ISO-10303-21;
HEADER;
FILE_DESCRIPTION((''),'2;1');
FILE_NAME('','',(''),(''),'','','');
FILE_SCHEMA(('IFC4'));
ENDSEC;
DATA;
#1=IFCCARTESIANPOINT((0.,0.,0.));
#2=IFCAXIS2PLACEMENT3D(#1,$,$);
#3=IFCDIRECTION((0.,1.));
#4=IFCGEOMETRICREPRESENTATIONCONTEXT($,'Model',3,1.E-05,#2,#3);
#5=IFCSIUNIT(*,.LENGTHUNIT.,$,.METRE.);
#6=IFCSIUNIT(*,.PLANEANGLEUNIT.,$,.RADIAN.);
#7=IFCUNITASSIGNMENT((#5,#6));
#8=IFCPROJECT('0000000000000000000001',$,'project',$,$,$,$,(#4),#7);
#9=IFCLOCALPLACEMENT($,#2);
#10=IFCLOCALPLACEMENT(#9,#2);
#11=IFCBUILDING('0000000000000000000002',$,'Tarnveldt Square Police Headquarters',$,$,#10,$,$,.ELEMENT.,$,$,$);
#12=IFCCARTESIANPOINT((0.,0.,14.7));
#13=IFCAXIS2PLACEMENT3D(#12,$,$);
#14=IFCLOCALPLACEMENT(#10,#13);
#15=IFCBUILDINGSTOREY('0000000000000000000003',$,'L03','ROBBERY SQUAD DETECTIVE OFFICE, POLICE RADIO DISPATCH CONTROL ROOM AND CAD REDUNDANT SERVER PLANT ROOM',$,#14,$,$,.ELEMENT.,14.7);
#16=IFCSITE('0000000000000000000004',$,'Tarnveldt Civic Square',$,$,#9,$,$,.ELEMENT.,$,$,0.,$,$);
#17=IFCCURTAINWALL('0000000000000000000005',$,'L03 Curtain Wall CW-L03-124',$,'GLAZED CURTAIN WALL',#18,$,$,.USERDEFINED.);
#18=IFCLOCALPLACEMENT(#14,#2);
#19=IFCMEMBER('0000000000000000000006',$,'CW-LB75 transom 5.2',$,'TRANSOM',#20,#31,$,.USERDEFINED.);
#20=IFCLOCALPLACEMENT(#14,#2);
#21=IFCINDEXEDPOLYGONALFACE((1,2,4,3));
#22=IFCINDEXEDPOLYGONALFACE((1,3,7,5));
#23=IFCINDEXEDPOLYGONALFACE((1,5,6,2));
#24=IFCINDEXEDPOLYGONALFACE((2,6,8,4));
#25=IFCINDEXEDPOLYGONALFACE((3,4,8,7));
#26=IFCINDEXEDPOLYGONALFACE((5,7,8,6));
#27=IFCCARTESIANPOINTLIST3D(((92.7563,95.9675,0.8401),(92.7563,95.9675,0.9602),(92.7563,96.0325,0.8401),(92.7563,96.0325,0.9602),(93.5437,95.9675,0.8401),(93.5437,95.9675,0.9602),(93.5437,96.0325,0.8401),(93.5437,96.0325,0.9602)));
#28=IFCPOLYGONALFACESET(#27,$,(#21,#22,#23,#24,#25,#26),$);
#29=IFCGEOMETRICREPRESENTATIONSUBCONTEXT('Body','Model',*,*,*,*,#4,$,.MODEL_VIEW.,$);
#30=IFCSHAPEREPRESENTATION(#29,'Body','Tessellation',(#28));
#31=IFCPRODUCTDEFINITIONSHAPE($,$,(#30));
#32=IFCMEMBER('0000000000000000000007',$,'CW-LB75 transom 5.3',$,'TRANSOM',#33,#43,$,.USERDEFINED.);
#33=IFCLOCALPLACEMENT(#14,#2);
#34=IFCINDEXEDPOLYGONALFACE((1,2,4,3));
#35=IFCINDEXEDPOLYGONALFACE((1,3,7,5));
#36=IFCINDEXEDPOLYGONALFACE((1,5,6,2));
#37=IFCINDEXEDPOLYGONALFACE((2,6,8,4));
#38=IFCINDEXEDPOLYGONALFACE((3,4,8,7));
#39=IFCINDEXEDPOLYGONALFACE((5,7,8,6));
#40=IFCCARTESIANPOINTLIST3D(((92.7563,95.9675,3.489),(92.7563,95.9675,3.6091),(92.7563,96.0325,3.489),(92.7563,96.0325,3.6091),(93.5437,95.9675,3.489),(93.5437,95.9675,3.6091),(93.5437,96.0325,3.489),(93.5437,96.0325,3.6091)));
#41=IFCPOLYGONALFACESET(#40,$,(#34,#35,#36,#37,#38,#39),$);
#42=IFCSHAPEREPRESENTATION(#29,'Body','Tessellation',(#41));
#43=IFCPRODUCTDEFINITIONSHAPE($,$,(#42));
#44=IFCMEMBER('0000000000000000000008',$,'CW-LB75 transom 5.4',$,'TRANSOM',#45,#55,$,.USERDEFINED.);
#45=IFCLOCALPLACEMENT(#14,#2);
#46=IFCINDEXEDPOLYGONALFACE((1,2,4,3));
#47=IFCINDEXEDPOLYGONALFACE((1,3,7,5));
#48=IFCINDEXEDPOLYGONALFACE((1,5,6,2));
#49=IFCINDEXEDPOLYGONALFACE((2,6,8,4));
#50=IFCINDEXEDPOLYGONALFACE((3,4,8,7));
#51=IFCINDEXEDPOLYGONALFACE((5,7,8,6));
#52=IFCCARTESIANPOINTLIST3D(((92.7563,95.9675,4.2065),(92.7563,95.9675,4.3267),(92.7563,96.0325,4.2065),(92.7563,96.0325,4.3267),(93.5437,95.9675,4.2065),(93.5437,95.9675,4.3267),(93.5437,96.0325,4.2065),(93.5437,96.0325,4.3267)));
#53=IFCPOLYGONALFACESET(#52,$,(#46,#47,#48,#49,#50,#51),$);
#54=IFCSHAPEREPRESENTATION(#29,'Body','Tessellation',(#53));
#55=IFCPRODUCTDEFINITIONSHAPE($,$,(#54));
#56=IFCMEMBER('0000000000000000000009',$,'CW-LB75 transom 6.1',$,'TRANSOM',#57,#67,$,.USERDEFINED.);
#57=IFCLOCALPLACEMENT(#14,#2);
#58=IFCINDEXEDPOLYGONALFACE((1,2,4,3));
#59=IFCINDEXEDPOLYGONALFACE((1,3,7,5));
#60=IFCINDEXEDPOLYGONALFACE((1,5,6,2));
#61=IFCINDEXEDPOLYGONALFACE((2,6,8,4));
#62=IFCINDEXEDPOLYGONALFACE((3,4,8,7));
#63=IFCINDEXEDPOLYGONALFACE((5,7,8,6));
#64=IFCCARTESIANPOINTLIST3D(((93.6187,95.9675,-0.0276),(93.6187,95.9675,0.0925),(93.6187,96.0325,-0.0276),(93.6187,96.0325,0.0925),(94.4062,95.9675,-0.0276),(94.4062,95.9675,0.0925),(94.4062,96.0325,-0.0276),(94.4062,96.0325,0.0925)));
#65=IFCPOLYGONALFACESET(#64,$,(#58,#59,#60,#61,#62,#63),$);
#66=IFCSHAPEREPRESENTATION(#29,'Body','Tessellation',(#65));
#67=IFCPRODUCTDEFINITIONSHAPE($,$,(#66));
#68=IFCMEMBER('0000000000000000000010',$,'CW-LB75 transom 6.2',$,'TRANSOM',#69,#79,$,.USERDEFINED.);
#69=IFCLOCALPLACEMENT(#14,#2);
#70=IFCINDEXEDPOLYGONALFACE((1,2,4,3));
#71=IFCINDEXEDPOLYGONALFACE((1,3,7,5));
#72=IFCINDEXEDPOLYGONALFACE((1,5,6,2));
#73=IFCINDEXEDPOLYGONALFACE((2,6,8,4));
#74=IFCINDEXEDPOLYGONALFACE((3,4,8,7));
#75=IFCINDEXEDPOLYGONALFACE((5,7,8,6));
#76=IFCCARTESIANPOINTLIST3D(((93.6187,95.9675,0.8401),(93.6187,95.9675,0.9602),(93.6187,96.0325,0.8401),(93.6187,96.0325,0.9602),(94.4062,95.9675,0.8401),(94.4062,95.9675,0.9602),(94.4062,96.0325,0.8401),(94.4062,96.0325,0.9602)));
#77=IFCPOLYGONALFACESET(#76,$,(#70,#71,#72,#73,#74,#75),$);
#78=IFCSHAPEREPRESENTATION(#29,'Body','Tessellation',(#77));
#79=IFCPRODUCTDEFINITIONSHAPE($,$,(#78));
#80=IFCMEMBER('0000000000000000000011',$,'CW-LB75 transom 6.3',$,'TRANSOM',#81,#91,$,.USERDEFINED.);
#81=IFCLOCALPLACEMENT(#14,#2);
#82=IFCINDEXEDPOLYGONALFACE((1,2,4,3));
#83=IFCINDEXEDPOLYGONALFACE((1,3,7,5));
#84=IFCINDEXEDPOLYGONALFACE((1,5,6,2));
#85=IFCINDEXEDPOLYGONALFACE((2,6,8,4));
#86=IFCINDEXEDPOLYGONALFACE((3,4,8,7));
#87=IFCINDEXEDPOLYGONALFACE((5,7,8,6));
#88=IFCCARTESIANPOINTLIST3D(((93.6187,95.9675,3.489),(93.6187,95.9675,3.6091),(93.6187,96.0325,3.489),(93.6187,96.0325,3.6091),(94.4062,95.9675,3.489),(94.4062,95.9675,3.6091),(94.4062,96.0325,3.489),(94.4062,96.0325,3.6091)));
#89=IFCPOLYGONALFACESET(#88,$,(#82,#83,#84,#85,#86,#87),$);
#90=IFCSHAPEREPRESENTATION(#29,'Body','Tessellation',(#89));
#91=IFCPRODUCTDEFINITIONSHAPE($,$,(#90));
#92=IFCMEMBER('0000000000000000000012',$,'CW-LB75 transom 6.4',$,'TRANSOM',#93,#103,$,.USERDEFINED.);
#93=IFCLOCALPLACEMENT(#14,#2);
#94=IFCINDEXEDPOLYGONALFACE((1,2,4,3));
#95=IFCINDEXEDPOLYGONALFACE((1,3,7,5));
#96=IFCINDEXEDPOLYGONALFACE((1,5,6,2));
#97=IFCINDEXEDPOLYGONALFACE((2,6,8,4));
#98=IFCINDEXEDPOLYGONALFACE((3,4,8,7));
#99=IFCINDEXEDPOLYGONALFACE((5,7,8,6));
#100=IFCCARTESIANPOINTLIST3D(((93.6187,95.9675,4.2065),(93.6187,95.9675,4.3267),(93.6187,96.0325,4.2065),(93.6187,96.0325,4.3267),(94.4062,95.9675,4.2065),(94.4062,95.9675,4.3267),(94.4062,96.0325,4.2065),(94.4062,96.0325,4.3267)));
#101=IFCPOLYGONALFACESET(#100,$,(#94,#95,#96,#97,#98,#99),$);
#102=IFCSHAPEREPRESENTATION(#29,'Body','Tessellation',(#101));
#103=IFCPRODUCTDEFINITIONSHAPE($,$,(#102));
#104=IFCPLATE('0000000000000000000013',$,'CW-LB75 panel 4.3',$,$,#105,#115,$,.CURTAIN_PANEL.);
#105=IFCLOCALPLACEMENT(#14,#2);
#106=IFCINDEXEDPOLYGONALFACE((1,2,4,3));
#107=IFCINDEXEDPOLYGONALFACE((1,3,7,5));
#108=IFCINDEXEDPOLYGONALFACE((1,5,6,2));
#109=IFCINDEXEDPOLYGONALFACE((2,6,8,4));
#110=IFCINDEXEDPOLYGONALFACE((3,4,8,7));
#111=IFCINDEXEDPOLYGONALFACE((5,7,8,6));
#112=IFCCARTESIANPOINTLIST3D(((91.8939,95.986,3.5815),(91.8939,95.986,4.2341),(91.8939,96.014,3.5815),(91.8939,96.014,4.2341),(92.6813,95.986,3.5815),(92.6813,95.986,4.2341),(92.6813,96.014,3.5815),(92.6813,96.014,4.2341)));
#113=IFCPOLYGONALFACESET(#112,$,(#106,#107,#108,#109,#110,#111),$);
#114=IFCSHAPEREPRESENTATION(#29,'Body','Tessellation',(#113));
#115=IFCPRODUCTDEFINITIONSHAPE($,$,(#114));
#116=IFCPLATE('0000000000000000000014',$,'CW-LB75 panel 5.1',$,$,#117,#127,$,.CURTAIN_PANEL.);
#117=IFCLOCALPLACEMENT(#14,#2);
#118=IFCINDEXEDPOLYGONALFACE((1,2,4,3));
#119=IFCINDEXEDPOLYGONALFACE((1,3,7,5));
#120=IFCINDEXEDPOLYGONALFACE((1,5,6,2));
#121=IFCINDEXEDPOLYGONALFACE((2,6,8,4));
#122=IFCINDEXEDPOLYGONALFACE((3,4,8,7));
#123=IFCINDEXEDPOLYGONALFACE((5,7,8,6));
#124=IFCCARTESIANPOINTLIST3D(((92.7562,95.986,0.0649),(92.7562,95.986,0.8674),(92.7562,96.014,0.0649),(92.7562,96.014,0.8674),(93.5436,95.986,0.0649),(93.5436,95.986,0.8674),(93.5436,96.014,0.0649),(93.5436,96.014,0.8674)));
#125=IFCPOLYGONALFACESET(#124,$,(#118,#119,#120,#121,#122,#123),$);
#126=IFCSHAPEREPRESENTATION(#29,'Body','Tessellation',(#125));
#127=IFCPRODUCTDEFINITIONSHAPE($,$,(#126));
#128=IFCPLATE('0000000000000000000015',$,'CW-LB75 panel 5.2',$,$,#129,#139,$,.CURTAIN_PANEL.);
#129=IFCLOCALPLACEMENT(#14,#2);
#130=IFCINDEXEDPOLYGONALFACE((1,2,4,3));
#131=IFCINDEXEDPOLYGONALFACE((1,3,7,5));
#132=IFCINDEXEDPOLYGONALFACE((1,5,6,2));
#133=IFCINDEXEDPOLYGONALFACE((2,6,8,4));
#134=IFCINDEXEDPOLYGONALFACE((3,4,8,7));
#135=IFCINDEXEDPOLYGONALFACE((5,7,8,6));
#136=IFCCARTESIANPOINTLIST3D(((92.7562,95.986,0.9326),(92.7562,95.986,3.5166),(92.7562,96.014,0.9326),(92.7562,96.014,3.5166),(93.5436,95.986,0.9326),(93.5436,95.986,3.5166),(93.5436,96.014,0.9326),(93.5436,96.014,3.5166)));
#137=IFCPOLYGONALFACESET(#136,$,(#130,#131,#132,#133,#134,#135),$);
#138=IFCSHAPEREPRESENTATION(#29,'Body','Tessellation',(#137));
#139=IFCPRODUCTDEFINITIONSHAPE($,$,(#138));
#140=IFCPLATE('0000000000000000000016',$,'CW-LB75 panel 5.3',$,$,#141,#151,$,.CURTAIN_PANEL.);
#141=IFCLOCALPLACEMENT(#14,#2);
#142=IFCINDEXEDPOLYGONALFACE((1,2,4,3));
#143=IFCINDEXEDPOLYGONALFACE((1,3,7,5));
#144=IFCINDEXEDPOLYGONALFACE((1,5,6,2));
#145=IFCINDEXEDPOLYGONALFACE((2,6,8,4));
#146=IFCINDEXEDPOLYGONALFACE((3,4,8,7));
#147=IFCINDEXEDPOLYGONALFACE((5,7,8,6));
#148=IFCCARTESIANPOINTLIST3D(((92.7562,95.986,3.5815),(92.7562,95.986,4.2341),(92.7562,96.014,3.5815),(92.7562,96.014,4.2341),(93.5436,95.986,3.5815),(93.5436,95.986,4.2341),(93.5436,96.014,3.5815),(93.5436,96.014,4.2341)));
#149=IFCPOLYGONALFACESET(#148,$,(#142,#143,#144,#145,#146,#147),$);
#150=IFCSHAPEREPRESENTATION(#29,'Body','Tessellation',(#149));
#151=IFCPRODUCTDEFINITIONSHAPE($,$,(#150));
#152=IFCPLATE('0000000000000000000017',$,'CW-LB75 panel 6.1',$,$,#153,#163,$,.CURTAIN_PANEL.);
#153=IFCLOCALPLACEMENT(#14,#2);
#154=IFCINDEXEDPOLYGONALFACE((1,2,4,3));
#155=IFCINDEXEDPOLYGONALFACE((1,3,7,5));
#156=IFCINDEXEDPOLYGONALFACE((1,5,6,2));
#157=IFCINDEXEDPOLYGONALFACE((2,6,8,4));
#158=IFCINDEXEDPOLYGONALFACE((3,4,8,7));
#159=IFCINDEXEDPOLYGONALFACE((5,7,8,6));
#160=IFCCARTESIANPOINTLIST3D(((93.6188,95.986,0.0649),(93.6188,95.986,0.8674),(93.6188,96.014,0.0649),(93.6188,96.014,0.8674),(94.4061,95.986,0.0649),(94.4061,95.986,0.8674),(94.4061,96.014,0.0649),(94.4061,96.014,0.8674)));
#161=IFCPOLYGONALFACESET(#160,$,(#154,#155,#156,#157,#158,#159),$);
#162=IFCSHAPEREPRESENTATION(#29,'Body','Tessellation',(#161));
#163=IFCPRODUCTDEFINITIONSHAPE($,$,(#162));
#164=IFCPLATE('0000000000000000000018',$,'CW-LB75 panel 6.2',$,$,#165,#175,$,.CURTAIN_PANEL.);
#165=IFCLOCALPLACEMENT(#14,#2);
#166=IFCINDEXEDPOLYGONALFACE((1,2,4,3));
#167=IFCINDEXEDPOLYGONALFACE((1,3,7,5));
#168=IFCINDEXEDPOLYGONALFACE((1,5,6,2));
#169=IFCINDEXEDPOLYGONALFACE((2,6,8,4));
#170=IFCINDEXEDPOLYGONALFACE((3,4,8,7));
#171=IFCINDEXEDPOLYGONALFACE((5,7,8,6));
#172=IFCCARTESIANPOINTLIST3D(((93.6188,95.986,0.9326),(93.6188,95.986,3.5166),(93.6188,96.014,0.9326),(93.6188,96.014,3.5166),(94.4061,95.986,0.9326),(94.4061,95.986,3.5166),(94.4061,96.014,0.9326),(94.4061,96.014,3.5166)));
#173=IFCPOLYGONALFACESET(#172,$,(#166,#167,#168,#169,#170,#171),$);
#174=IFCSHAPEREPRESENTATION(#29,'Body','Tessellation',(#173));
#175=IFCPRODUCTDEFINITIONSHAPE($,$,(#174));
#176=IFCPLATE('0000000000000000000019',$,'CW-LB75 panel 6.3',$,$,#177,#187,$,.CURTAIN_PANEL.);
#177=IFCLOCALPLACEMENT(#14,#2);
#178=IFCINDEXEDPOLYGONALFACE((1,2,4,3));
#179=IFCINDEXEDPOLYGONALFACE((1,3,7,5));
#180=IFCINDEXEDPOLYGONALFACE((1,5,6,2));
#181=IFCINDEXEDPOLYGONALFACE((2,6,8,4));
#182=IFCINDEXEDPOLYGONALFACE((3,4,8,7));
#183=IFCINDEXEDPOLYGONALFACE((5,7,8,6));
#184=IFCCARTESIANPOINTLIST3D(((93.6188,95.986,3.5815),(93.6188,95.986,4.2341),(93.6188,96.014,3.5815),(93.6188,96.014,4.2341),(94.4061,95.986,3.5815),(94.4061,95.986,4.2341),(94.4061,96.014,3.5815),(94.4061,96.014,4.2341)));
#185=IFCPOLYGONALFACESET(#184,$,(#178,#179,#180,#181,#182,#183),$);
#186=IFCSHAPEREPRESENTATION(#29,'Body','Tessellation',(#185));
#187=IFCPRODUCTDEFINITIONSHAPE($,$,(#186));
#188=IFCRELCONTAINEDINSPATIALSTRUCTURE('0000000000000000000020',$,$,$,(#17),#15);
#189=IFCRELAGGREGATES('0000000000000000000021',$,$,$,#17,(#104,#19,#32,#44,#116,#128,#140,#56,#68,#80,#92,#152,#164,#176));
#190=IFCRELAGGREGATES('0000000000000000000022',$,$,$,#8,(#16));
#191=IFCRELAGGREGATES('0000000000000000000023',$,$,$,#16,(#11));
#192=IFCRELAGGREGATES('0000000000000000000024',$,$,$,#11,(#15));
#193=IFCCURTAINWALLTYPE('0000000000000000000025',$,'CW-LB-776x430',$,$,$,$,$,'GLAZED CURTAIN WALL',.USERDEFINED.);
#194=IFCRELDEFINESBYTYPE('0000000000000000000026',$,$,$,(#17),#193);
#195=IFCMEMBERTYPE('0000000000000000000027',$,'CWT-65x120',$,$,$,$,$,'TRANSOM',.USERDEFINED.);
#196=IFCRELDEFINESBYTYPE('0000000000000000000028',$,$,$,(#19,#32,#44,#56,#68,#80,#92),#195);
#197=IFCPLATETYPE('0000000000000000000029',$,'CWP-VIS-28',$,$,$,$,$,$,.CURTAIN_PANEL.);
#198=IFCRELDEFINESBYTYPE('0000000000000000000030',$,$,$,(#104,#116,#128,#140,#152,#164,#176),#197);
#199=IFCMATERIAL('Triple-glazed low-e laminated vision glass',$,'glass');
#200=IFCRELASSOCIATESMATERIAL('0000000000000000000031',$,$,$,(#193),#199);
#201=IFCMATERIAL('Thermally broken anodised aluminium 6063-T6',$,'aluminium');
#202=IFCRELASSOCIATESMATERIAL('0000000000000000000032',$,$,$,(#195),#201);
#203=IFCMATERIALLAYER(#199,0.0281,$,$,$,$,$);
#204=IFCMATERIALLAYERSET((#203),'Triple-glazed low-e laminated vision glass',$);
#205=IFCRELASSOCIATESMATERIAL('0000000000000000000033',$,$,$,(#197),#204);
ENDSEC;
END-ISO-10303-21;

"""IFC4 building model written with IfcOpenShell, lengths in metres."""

from ifc_helpers import new_model, si_unit, direction, frame, origin, origin_2d, place, context, subcontext, project, spatial, rectangle, extrude, material, layer, layer_set, material_profile, profile_set, type_object, element, aggregate, save


model = new_model("IFC4")

# Units and contexts
model_context = context("Model", 3, precision=1e-05, world=origin(), true_north=direction((0.0, 1.0)))
body_context = subcontext(model_context, "Body", "Model", "MODEL_VIEW")
ifc_project = project(units=[si_unit("LENGTHUNIT", "METRE"), si_unit("PLANEANGLEUNIT", "RADIAN")], contexts=[model_context])

# Site, building, storey
site_placement = place(None, origin())
site = spatial("IfcSite", under=ifc_project, at=site_placement, Name="Tarnveldt Civic Square", CompositionType="ELEMENT", RefElevation=0.0)
building_placement = place(site_placement, origin())
building = spatial("IfcBuilding", under=site, at=building_placement, Name="Tarnveldt Square Police Headquarters", CompositionType="ELEMENT")
storey_placement = place(building_placement, frame((0.0, 0.0, 14.7)))
storey = spatial("IfcBuildingStorey", under=building, at=storey_placement, Name="L03", Description="ROBBERY SQUAD DETECTIVE OFFICE, POLICE RADIO DISPATCH CONTROL ROOM AND CAD REDUNDANT SERVER PLANT ROOM", CompositionType="ELEMENT", Elevation=14.7)

# Curtain wall, members, plates
ifc_material_1 = material(Name="Triple-glazed low-e laminated vision glass", Category="glass")
curtain_wall_type = type_object("IfcCurtainWallType", Name="CW-LB-776x430", ElementType="GLAZED CURTAIN WALL", PredefinedType="USERDEFINED", material=ifc_material_1)
curtain_wall_placement = place(storey_placement, origin())
curtain_wall = element("IfcCurtainWall", 1, at=curtain_wall_placement, inside=storey, type_object=curtain_wall_type, Name="L03 Curtain Wall CW-L03-124", ObjectType="GLAZED CURTAIN WALL", PredefinedType="USERDEFINED")
ifc_material_2 = material(Name="Thermally broken anodised aluminium 6063-T6", Category="aluminium")
ifc_material_profile_1 = material_profile(ifc_material_2, rectangle(XDim=0.0649, YDim=0.1201, at=origin_2d()), Name="CW-T65x120")
ifc_profile_set_1 = profile_set([ifc_material_profile_1], Name="Thermally broken anodised aluminium 6063-T6")
member_type_1 = type_object("IfcMemberType", Name="CWT-65x120", ElementType="TRANSOM", PredefinedType="USERDEFINED", material=ifc_profile_set_1)
member_1_placement = place(storey_placement, frame((92.7563, 96.0, 0.9001), z_axis=(1.0, 0.0, 0.0), x_axis=(0.0, 1.0, 0.0)))
member_1 = element("IfcMember", 2, at=member_1_placement, type_object=member_type_1, Name="CW-LB75 transom 5.2", ObjectType="TRANSOM", PredefinedType="USERDEFINED", context=body_context, shape_type="SweptSolid", body=[
    extrude(rectangle(XDim=0.0649, YDim=0.1201, at=origin_2d()), origin(), (0.0, 0.0, 1.0), 0.7874),
])
member_2_placement = place(storey_placement, frame((92.7563, 96.0, 3.5491), z_axis=(1.0, 0.0, 0.0), x_axis=(0.0, 1.0, 0.0)))
member_2 = element("IfcMember", 3, at=member_2_placement, type_object=member_type_1, Name="CW-LB75 transom 5.3", ObjectType="TRANSOM", PredefinedType="USERDEFINED", context=body_context, shape_type="SweptSolid", body=[
    extrude(rectangle(XDim=0.0649, YDim=0.1201, at=origin_2d()), origin(), (0.0, 0.0, 1.0), 0.7874),
])
member_3_placement = place(storey_placement, frame((92.7563, 96.0, 4.2666), z_axis=(1.0, 0.0, 0.0), x_axis=(0.0, 1.0, 0.0)))
member_3 = element("IfcMember", 4, at=member_3_placement, type_object=member_type_1, Name="CW-LB75 transom 5.4", ObjectType="TRANSOM", PredefinedType="USERDEFINED", context=body_context, shape_type="SweptSolid", body=[
    extrude(rectangle(XDim=0.0649, YDim=0.1201, at=origin_2d()), origin(), (0.0, 0.0, 1.0), 0.7874),
])
member_4_placement = place(storey_placement, frame((93.6187, 96.0, 0.0325), z_axis=(1.0, 0.0, 0.0), x_axis=(0.0, 1.0, 0.0)))
member_4 = element("IfcMember", 5, at=member_4_placement, type_object=member_type_1, Name="CW-LB75 transom 6.1", ObjectType="TRANSOM", PredefinedType="USERDEFINED", context=body_context, shape_type="SweptSolid", body=[
    extrude(rectangle(XDim=0.0649, YDim=0.1201, at=origin_2d()), origin(), (0.0, 0.0, 1.0), 0.7876),
])
member_5_placement = place(storey_placement, frame((93.6187, 96.0, 0.9001), z_axis=(1.0, 0.0, 0.0), x_axis=(0.0, 1.0, 0.0)))
member_5 = element("IfcMember", 6, at=member_5_placement, type_object=member_type_1, Name="CW-LB75 transom 6.2", ObjectType="TRANSOM", PredefinedType="USERDEFINED", context=body_context, shape_type="SweptSolid", body=[
    extrude(rectangle(XDim=0.0649, YDim=0.1201, at=origin_2d()), origin(), (0.0, 0.0, 1.0), 0.7876),
])
member_6_placement = place(storey_placement, frame((93.6187, 96.0, 3.5491), z_axis=(1.0, 0.0, 0.0), x_axis=(0.0, 1.0, 0.0)))
member_6 = element("IfcMember", 7, at=member_6_placement, type_object=member_type_1, Name="CW-LB75 transom 6.3", ObjectType="TRANSOM", PredefinedType="USERDEFINED", context=body_context, shape_type="SweptSolid", body=[
    extrude(rectangle(XDim=0.0649, YDim=0.1201, at=origin_2d()), origin(), (0.0, 0.0, 1.0), 0.7876),
])
member_7_placement = place(storey_placement, frame((93.6187, 96.0, 4.2666), z_axis=(1.0, 0.0, 0.0), x_axis=(0.0, 1.0, 0.0)))
member_7 = element("IfcMember", 8, at=member_7_placement, type_object=member_type_1, Name="CW-LB75 transom 6.4", ObjectType="TRANSOM", PredefinedType="USERDEFINED", context=body_context, shape_type="SweptSolid", body=[
    extrude(rectangle(XDim=0.0649, YDim=0.1201, at=origin_2d()), origin(), (0.0, 0.0, 1.0), 0.7876),
])
ifc_layer_1 = layer(ifc_material_1, 0.0281)
ifc_layer_set_1 = layer_set([ifc_layer_1], Name="Triple-glazed low-e laminated vision glass")
plate_type = type_object("IfcPlateType", Name="CWP-VIS-28", PredefinedType="CURTAIN_PANEL", material=ifc_layer_set_1)
plate_1_placement = place(storey_placement, frame((92.2876, 96.0, 3.5815), z_axis=(0.0, 0.0, 1.0), x_axis=(1.0, 0.0, 0.0)))
plate_1 = element("IfcPlate", 9, at=plate_1_placement, type_object=plate_type, Name="CW-LB75 panel 4.3", PredefinedType="CURTAIN_PANEL", context=body_context, shape_type="SweptSolid", body=[
    extrude(rectangle(XDim=0.7874, YDim=0.0281, at=origin_2d()), origin(), (0.0, 0.0, 1.0), 0.6526),
])
plate_2_placement = place(storey_placement, frame((93.1499, 96.0, 0.0649), z_axis=(0.0, 0.0, 1.0), x_axis=(1.0, 0.0, 0.0)))
plate_2 = element("IfcPlate", 10, at=plate_2_placement, type_object=plate_type, Name="CW-LB75 panel 5.1", PredefinedType="CURTAIN_PANEL", context=body_context, shape_type="SweptSolid", body=[
    extrude(rectangle(XDim=0.7874, YDim=0.0281, at=origin_2d()), origin(), (0.0, 0.0, 1.0), 0.8025),
])
plate_3_placement = place(storey_placement, frame((93.1499, 96.0, 0.9326), z_axis=(0.0, 0.0, 1.0), x_axis=(1.0, 0.0, 0.0)))
plate_3 = element("IfcPlate", 11, at=plate_3_placement, type_object=plate_type, Name="CW-LB75 panel 5.2", PredefinedType="CURTAIN_PANEL", context=body_context, shape_type="SweptSolid", body=[
    extrude(rectangle(XDim=0.7874, YDim=0.0281, at=origin_2d()), origin(), (0.0, 0.0, 1.0), 2.584),
])
plate_4_placement = place(storey_placement, frame((93.1499, 96.0, 3.5815), z_axis=(0.0, 0.0, 1.0), x_axis=(1.0, 0.0, 0.0)))
plate_4 = element("IfcPlate", 12, at=plate_4_placement, type_object=plate_type, Name="CW-LB75 panel 5.3", PredefinedType="CURTAIN_PANEL", context=body_context, shape_type="SweptSolid", body=[
    extrude(rectangle(XDim=0.7874, YDim=0.0281, at=origin_2d()), origin(), (0.0, 0.0, 1.0), 0.6526),
])
plate_5_placement = place(storey_placement, frame((94.0125, 96.0, 0.0649), z_axis=(0.0, 0.0, 1.0), x_axis=(1.0, 0.0, 0.0)))
plate_5 = element("IfcPlate", 13, at=plate_5_placement, type_object=plate_type, Name="CW-LB75 panel 6.1", PredefinedType="CURTAIN_PANEL", context=body_context, shape_type="SweptSolid", body=[
    extrude(rectangle(XDim=0.7874, YDim=0.0281, at=origin_2d()), origin(), (0.0, 0.0, 1.0), 0.8025),
])
plate_6_placement = place(storey_placement, frame((94.0125, 96.0, 0.9326), z_axis=(0.0, 0.0, 1.0), x_axis=(1.0, 0.0, 0.0)))
plate_6 = element("IfcPlate", 14, at=plate_6_placement, type_object=plate_type, Name="CW-LB75 panel 6.2", PredefinedType="CURTAIN_PANEL", context=body_context, shape_type="SweptSolid", body=[
    extrude(rectangle(XDim=0.7874, YDim=0.0281, at=origin_2d()), origin(), (0.0, 0.0, 1.0), 2.584),
])
plate_7_placement = place(storey_placement, frame((94.0125, 96.0, 3.5815), z_axis=(0.0, 0.0, 1.0), x_axis=(1.0, 0.0, 0.0)))
plate_7 = element("IfcPlate", 15, at=plate_7_placement, type_object=plate_type, Name="CW-LB75 panel 6.3", PredefinedType="CURTAIN_PANEL", context=body_context, shape_type="SweptSolid", body=[
    extrude(rectangle(XDim=0.7874, YDim=0.0281, at=origin_2d()), origin(), (0.0, 0.0, 1.0), 0.6526),
])
aggregate(curtain_wall, [plate_1, member_1, member_2, member_3, plate_2, plate_3, plate_4, member_4, member_5, member_6, member_7, plate_5, plate_6, plate_7])

save(model, "model.ifc")
